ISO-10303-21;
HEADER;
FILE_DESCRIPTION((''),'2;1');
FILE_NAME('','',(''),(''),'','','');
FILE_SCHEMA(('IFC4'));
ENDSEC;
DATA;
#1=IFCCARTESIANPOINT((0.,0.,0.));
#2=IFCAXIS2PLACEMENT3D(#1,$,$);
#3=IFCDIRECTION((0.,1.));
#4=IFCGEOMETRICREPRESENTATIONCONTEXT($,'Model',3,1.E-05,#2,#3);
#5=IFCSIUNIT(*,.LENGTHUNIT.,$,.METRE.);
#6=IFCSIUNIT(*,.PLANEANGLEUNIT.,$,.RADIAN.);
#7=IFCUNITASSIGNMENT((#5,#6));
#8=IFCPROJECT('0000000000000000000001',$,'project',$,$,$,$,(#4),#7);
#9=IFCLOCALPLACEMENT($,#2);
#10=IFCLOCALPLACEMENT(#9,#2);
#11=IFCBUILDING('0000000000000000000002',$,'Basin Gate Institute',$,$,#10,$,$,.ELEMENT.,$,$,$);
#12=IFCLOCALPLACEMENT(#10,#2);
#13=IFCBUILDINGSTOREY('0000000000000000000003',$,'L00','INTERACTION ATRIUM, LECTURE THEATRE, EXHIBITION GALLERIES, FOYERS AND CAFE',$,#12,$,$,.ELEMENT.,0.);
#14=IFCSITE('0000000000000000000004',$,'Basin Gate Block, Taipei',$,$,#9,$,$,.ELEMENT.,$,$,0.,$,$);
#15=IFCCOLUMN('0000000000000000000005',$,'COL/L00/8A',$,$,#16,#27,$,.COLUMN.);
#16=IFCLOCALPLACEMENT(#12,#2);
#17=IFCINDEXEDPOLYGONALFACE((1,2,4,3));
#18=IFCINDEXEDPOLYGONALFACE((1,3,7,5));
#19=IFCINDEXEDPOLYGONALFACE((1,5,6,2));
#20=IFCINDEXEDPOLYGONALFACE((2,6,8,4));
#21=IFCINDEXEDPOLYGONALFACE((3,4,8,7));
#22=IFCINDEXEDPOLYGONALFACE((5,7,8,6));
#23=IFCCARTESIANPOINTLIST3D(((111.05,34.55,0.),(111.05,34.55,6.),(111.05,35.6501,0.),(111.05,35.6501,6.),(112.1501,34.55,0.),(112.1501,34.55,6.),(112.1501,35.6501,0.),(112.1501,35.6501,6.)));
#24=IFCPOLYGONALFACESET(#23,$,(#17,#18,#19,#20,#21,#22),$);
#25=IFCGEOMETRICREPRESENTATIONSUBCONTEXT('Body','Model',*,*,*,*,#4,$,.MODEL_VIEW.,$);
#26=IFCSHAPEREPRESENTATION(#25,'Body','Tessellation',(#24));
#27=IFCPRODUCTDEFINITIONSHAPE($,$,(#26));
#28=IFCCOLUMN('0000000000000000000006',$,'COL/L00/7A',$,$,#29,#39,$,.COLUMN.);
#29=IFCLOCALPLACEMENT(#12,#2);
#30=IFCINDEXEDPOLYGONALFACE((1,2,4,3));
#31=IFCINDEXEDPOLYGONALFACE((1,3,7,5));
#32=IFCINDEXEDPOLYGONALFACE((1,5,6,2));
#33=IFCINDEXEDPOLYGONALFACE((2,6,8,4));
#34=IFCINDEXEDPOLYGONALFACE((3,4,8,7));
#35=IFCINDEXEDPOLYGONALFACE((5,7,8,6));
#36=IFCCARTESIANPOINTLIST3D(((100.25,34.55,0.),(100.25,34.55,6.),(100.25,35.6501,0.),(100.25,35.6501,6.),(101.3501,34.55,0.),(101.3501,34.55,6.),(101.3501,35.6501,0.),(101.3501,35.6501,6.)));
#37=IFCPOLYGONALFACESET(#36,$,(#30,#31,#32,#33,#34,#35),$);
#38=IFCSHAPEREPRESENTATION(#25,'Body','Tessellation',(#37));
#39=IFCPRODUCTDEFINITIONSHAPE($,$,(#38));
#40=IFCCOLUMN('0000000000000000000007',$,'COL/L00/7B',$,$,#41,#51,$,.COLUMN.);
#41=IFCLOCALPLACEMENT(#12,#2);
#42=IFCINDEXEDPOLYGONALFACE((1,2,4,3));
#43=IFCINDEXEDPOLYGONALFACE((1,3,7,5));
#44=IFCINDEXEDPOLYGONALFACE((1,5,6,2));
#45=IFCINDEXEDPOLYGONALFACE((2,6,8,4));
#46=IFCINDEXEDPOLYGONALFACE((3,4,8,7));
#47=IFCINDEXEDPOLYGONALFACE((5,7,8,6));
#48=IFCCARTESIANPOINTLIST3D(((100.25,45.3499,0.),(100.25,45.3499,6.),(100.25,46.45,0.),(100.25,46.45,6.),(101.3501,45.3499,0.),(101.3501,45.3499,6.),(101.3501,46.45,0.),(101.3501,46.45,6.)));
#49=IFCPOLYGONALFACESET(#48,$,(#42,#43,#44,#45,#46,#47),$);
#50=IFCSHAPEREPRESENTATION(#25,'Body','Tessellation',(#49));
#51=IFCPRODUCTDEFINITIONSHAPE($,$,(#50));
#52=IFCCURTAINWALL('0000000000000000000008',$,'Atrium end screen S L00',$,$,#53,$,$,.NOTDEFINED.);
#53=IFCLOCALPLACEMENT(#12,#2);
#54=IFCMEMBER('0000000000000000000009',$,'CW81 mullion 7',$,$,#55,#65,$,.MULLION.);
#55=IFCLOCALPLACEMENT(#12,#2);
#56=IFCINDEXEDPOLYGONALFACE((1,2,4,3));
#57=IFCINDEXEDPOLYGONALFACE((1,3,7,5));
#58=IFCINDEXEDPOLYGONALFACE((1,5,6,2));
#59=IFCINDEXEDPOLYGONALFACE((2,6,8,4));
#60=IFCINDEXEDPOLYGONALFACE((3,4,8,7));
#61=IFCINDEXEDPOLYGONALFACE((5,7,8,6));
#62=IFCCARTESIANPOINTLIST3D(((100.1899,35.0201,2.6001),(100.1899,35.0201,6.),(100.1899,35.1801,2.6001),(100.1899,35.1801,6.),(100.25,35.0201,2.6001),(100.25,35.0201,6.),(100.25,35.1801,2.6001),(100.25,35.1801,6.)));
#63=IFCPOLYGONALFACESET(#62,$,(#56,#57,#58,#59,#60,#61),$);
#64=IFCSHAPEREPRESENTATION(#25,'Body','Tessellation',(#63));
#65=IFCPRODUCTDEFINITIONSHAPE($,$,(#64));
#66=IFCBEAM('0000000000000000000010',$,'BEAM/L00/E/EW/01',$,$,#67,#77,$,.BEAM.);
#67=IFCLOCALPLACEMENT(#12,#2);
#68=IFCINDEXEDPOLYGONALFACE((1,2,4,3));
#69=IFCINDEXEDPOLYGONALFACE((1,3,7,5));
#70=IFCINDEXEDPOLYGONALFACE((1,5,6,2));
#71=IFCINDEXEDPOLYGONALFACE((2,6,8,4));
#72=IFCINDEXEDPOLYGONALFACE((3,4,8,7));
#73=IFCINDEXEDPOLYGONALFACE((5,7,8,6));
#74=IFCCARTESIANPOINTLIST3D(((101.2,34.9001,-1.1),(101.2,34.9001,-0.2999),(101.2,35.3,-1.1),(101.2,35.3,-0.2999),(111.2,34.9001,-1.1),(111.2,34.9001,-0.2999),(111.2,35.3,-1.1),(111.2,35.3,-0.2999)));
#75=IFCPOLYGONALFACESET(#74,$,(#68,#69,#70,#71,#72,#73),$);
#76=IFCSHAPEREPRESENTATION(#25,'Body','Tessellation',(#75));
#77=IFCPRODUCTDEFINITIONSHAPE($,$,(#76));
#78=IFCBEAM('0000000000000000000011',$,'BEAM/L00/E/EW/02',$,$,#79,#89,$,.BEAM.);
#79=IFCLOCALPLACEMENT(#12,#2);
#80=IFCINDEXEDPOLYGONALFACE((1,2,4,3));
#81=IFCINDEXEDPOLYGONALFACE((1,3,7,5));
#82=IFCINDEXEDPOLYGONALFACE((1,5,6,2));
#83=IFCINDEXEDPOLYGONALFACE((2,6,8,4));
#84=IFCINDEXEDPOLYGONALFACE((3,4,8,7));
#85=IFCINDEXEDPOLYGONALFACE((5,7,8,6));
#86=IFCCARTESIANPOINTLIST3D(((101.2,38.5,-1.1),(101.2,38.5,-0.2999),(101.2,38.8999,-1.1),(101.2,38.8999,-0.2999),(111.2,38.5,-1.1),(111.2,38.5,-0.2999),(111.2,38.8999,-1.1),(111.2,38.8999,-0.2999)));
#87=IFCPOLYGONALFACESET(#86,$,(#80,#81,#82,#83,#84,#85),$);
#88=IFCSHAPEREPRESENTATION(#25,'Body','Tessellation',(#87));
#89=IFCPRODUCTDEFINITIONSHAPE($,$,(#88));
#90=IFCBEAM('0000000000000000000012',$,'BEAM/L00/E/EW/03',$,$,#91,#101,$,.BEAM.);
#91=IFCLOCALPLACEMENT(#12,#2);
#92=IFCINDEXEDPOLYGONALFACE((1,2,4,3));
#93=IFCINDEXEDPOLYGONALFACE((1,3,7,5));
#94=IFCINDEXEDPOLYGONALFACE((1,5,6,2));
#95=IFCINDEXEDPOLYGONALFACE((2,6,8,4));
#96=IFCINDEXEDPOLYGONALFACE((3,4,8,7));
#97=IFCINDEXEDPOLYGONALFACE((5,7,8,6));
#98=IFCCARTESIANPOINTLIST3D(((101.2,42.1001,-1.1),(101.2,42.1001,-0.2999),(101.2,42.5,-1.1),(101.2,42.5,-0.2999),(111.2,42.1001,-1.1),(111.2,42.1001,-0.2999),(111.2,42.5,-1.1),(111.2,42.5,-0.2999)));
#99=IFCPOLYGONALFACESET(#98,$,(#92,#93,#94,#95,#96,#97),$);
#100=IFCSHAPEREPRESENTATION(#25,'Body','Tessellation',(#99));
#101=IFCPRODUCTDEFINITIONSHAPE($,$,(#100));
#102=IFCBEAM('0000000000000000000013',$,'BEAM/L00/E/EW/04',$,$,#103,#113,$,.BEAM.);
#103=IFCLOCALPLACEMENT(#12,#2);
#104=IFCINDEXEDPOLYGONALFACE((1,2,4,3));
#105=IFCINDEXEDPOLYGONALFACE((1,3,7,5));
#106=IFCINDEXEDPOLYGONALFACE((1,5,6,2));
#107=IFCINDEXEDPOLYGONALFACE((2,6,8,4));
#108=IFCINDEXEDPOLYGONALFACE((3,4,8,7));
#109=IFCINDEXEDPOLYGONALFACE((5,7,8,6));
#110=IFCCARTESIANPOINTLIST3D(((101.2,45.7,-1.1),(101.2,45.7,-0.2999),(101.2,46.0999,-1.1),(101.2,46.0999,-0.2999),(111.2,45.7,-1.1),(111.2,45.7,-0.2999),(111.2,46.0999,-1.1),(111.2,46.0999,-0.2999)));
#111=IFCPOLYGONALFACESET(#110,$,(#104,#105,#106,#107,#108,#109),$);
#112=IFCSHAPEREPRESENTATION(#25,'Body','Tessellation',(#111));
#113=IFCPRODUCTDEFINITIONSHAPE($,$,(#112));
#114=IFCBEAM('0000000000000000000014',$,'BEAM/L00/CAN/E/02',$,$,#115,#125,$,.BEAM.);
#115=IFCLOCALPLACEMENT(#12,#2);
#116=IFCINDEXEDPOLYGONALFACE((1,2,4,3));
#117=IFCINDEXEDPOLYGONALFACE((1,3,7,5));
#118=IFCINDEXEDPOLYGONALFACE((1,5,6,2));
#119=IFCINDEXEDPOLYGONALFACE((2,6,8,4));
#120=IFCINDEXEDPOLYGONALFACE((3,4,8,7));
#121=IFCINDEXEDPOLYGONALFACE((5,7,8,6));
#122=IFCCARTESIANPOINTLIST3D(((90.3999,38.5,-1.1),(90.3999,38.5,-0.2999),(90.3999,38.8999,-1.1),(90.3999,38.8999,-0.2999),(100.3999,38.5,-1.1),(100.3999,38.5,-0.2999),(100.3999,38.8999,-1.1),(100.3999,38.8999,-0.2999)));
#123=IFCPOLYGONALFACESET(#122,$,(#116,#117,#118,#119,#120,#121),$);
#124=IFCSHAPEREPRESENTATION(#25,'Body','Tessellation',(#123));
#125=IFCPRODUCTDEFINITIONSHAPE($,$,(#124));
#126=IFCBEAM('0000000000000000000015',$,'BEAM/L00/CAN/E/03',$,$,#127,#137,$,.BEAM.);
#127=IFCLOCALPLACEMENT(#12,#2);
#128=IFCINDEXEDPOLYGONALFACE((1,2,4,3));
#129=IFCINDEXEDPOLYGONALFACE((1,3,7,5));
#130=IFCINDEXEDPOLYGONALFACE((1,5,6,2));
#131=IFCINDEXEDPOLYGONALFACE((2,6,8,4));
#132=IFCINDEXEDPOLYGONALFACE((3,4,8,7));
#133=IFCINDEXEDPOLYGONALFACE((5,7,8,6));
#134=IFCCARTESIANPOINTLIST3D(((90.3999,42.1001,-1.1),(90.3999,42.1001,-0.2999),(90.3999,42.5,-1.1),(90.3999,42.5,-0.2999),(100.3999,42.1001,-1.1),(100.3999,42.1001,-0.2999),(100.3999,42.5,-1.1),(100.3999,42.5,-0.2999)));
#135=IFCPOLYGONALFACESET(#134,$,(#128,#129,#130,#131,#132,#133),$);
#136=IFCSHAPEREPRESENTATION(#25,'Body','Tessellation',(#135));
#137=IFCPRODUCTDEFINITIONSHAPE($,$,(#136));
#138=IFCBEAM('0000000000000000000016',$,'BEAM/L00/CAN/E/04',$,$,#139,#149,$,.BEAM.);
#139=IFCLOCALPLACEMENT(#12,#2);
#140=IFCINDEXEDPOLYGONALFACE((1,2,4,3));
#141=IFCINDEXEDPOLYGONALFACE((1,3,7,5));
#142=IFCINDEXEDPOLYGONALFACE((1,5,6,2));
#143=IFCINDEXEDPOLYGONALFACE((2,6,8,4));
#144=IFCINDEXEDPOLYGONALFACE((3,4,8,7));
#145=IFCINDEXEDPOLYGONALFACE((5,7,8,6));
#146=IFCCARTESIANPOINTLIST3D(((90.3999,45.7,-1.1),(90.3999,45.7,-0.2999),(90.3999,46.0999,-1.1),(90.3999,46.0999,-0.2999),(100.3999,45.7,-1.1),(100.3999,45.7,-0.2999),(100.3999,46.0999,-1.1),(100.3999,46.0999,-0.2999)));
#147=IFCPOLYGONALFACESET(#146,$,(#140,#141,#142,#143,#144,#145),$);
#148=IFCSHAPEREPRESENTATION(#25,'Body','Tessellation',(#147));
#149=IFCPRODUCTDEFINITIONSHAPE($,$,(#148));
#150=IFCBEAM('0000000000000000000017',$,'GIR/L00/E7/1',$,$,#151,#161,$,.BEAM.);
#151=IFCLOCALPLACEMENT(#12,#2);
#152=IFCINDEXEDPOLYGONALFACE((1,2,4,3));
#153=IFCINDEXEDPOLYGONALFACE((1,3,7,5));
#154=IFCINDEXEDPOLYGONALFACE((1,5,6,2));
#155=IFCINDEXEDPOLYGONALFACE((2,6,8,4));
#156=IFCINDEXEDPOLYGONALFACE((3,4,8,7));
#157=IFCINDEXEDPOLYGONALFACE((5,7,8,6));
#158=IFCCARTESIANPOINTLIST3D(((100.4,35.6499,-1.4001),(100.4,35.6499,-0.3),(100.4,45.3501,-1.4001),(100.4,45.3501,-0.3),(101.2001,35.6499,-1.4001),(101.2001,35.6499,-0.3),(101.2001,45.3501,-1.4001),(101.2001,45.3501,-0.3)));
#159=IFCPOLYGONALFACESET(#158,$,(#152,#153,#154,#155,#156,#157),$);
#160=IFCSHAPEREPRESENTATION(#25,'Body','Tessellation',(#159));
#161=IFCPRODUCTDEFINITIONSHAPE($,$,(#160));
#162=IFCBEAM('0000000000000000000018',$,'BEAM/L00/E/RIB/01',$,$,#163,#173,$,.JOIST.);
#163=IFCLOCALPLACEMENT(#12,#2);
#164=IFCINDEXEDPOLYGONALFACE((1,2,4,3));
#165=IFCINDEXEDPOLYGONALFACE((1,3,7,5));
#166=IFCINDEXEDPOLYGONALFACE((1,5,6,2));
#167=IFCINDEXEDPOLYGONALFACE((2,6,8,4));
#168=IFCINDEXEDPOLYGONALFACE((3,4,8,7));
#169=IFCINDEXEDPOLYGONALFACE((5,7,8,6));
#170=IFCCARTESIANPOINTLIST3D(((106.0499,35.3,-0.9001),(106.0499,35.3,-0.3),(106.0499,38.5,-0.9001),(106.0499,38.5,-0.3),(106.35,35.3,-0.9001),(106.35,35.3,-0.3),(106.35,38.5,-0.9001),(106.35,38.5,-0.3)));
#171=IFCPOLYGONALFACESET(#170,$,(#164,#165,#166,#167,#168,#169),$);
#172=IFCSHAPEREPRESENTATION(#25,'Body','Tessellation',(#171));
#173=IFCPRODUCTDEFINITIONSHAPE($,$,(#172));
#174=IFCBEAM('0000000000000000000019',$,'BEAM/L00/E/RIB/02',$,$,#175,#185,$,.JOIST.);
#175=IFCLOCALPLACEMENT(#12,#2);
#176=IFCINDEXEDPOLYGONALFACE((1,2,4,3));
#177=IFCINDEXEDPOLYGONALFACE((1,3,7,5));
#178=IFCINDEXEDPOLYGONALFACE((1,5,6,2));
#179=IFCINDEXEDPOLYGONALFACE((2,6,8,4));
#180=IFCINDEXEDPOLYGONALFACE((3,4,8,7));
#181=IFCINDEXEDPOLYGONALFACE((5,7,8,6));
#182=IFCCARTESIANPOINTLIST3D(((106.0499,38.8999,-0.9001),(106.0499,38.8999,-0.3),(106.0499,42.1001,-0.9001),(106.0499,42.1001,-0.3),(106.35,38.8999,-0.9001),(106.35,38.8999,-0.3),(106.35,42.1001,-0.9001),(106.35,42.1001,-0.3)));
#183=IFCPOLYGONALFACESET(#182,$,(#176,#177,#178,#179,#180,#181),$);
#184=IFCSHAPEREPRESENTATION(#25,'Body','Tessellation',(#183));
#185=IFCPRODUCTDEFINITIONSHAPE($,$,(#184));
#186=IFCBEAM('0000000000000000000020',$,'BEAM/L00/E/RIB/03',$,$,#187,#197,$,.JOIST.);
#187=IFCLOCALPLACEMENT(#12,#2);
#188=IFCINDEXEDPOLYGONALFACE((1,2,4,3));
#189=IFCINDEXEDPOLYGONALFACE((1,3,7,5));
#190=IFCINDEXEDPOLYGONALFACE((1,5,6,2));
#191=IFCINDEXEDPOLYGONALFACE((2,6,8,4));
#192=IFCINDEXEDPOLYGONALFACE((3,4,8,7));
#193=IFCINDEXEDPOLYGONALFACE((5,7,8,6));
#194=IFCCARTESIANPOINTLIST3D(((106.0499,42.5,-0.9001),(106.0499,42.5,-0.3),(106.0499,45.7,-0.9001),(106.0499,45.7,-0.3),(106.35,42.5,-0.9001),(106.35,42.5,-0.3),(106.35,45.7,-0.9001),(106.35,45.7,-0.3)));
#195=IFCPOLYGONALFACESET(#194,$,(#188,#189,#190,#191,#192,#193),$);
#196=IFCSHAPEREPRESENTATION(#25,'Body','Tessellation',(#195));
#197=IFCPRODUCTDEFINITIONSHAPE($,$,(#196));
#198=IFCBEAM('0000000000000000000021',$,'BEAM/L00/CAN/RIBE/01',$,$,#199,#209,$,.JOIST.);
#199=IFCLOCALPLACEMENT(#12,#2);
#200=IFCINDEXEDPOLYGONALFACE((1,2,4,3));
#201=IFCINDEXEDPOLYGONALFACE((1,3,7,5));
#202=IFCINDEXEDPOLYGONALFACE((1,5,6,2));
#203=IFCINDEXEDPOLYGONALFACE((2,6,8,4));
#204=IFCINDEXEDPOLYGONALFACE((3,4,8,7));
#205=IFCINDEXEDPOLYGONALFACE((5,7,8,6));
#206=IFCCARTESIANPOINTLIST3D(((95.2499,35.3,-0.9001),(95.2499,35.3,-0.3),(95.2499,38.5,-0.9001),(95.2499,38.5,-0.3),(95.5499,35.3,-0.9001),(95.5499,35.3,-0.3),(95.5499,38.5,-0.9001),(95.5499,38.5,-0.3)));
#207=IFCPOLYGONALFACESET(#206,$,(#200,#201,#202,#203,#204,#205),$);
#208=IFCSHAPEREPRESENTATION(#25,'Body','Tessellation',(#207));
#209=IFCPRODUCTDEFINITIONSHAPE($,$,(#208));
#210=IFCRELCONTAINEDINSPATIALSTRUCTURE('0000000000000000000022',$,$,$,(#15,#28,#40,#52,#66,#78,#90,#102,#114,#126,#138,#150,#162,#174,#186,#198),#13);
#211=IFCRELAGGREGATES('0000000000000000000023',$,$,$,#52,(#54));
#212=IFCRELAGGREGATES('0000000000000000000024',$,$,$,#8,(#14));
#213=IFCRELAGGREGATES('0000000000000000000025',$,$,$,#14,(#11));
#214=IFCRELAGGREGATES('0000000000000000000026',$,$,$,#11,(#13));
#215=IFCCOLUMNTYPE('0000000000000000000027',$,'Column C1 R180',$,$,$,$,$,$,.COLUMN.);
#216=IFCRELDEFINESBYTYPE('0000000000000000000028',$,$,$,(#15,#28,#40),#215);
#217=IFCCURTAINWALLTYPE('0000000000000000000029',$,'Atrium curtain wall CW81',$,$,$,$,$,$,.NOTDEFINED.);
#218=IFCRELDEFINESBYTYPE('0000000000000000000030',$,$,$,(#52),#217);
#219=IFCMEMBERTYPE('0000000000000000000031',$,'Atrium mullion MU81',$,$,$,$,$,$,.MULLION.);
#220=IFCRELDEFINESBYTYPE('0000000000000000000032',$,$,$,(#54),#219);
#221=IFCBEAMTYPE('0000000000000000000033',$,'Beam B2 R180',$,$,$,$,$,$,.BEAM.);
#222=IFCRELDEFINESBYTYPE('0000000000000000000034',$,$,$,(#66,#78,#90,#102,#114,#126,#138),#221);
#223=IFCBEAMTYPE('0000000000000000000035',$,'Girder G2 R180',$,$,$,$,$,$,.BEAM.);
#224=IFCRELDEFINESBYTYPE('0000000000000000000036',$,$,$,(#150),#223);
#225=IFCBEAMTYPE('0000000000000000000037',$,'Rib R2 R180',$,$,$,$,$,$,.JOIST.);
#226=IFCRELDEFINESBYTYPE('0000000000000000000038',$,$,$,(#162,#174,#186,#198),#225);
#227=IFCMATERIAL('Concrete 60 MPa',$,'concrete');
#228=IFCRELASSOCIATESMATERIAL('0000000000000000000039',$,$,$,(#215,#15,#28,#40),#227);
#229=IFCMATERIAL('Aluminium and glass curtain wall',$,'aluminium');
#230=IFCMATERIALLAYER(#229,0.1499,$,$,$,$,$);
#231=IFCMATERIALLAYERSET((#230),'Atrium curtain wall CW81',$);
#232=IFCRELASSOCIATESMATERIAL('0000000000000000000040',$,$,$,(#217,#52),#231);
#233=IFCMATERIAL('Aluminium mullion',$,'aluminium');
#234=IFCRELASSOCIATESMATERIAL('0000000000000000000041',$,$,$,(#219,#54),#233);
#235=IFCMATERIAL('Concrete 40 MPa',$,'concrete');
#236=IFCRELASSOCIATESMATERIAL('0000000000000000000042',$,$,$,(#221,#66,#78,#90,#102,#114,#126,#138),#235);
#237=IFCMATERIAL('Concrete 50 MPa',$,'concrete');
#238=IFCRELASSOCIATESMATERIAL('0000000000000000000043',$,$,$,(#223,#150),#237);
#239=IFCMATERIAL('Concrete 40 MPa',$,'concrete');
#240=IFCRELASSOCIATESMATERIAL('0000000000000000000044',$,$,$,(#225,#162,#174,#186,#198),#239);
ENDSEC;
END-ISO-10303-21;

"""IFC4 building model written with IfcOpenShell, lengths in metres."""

from ifc_helpers import new_model, si_unit, direction, frame, origin, origin_2d, place, context, subcontext, project, spatial, rectangle, extrude, material, layer, layer_set, material_profile, profile_set, type_object, element, aggregate, save


model = new_model("IFC4")

# Units and contexts
model_context = context("Model", 3, precision=1e-05, world=origin(), true_north=direction((0.0, 1.0)))
body_context = subcontext(model_context, "Body", "Model", "MODEL_VIEW")
ifc_project = project(units=[si_unit("LENGTHUNIT", "METRE"), si_unit("PLANEANGLEUNIT", "RADIAN")], contexts=[model_context])

# Site, building, storey
site_placement = place(None, origin())
site = spatial("IfcSite", under=ifc_project, at=site_placement, Name="Basin Gate Block, Taipei", CompositionType="ELEMENT", RefElevation=0.0)
building_placement = place(site_placement, origin())
building = spatial("IfcBuilding", under=site, at=building_placement, Name="Basin Gate Institute", CompositionType="ELEMENT")
storey_placement = place(building_placement, origin())
storey = spatial("IfcBuildingStorey", under=building, at=storey_placement, Name="L00", Description="INTERACTION ATRIUM, LECTURE THEATRE, EXHIBITION GALLERIES, FOYERS AND CAFE", CompositionType="ELEMENT", Elevation=0.0)

# Columns
ifc_material_1 = material(Name="Concrete 60 MPa", Category="concrete")
ifc_material_profile_1 = material_profile(ifc_material_1, rectangle(XDim=1.1001, YDim=1.1001, at=origin_2d()), Name="Column C1 1100 x 1100")
ifc_profile_set_1 = profile_set([ifc_material_profile_1], Name="Concrete 60 MPa")
column_type = type_object("IfcColumnType", Name="Column C1 R180", PredefinedType="COLUMN", material=ifc_profile_set_1)
for number, where, z_axis, x_axis, name in (
    (1, (111.6001, 35.1001, 0.0), (0.0, 0.0, 1.0), (1.0, 0.0, 0.0), "COL/L00/8A"),
    (2, (100.8, 35.1001, 0.0), (0.0, 0.0, 1.0), (1.0, 0.0, 0.0), "COL/L00/7A"),
    (3, (100.8, 45.8999, 0.0), (0.0, 0.0, 1.0), (1.0, 0.0, 0.0), "COL/L00/7B"),
):
    element("IfcColumn", number, at=place(storey_placement, frame(where, z_axis=z_axis, x_axis=x_axis)), inside=storey, type_object=column_type, material=ifc_profile_set_1, Name=name, PredefinedType="COLUMN", context=body_context, shape_type="SweptSolid", body=[
        extrude(rectangle(XDim=1.1001, YDim=1.1001, at=origin_2d()), origin(), (0.0, 0.0, 1.0), 6.0),
    ])

# Curtain wall, member
ifc_material_2 = material(Name="Aluminium and glass curtain wall", Category="aluminium")
ifc_layer_1 = layer(ifc_material_2, 0.1499)
ifc_layer_set_1 = layer_set([ifc_layer_1], Name="Atrium curtain wall CW81")
curtain_wall_type = type_object("IfcCurtainWallType", Name="Atrium curtain wall CW81", PredefinedType="NOTDEFINED", material=ifc_layer_set_1)
curtain_wall_placement = place(storey_placement, origin())
curtain_wall = element("IfcCurtainWall", 4, at=curtain_wall_placement, inside=storey, type_object=curtain_wall_type, material=ifc_layer_set_1, Name="Atrium end screen S L00", PredefinedType="NOTDEFINED")
ifc_material_3 = material(Name="Aluminium mullion", Category="aluminium")
ifc_material_profile_2 = material_profile(ifc_material_3, rectangle(XDim=0.1599, YDim=0.0601, at=origin_2d()), Name="Atrium mullion MU81 160 x 60")
ifc_profile_set_2 = profile_set([ifc_material_profile_2], Name="Aluminium mullion")
member_type = type_object("IfcMemberType", Name="Atrium mullion MU81", PredefinedType="MULLION", material=ifc_profile_set_2)
member_placement = place(storey_placement, frame((100.22, 35.1001, 2.6001), z_axis=(0.0, 0.0, 1.0), x_axis=(0.0, 1.0, 0.0)))
member = element("IfcMember", 5, at=member_placement, type_object=member_type, material=ifc_profile_set_2, Name="CW81 mullion 7", PredefinedType="MULLION", context=body_context, shape_type="SweptSolid", body=[
    extrude(rectangle(XDim=0.1599, YDim=0.0601, at=origin_2d()), origin(), (0.0, 0.0, 1.0), 3.3999),
])

# Beams
ifc_material_4 = material(Name="Concrete 40 MPa", Category="concrete")
ifc_material_profile_3 = material_profile(ifc_material_4, rectangle(XDim=0.3999, YDim=0.8, at=origin_2d()), Name="Beam B2 400 x 800")
ifc_profile_set_3 = profile_set([ifc_material_profile_3], Name="Concrete 40 MPa")
beam_type_1 = type_object("IfcBeamType", Name="Beam B2 R180", PredefinedType="BEAM", material=ifc_profile_set_3)
for number, where, z_axis, x_axis, name in (
    (6, (111.2, 35.1001, -0.7), (-1.0, 0.0, 0.0), (0.0, -1.0, 0.0), "BEAM/L00/E/EW/01"),
    (7, (111.2, 38.7, -0.7), (-1.0, 0.0, 0.0), (0.0, -1.0, 0.0), "BEAM/L00/E/EW/02"),
    (8, (111.2, 42.3, -0.7), (-1.0, 0.0, 0.0), (0.0, -1.0, 0.0), "BEAM/L00/E/EW/03"),
    (9, (111.2, 45.8999, -0.7), (-1.0, 0.0, 0.0), (0.0, -1.0, 0.0), "BEAM/L00/E/EW/04"),
    (10, (90.3999, 38.7, -0.7), (1.0, 0.0, 0.0), (0.0, 1.0, 0.0), "BEAM/L00/CAN/E/02"),
    (11, (90.3999, 42.3, -0.7), (1.0, 0.0, 0.0), (0.0, 1.0, 0.0), "BEAM/L00/CAN/E/03"),
    (12, (90.3999, 45.8999, -0.7), (1.0, 0.0, 0.0), (0.0, 1.0, 0.0), "BEAM/L00/CAN/E/04"),
):
    element("IfcBeam", number, at=place(storey_placement, frame(where, z_axis=z_axis, x_axis=x_axis)), inside=storey, type_object=beam_type_1, material=ifc_profile_set_3, Name=name, PredefinedType="BEAM", context=body_context, shape_type="SweptSolid", body=[
        extrude(rectangle(XDim=0.3999, YDim=0.8, at=origin_2d()), origin(), (0.0, 0.0, 1.0), 10.0),
    ])
ifc_material_5 = material(Name="Concrete 50 MPa", Category="concrete")
ifc_material_profile_4 = material_profile(ifc_material_5, rectangle(XDim=0.8, YDim=1.1001, at=origin_2d()), Name="Girder G2 800 x 1100")
ifc_profile_set_4 = profile_set([ifc_material_profile_4], Name="Concrete 50 MPa")
beam_type_2 = type_object("IfcBeamType", Name="Girder G2 R180", PredefinedType="BEAM", material=ifc_profile_set_4)
beam_1_placement = place(storey_placement, frame((100.8, 35.6499, -0.8501), z_axis=(0.0, 1.0, 0.0), x_axis=(-1.0, 0.0, 0.0)))
element("IfcBeam", 13, at=beam_1_placement, inside=storey, type_object=beam_type_2, material=ifc_profile_set_4, Name="GIR/L00/E7/1", PredefinedType="BEAM", context=body_context, shape_type="SweptSolid", body=[
    extrude(rectangle(XDim=0.8, YDim=1.1001, at=origin_2d()), origin(), (0.0, 0.0, 1.0), 9.7002),
])
ifc_material_6 = material(Name="Concrete 40 MPa", Category="concrete")
ifc_material_profile_5 = material_profile(ifc_material_6, rectangle(XDim=0.3, YDim=0.6001, at=origin_2d()), Name="Rib R2 300 x 600")
ifc_profile_set_5 = profile_set([ifc_material_profile_5], Name="Concrete 40 MPa")
beam_type_3 = type_object("IfcBeamType", Name="Rib R2 R180", PredefinedType="JOIST", material=ifc_profile_set_5)
beam_2_placement = place(storey_placement, frame((106.2, 35.3, -0.6001), z_axis=(0.0, 1.0, 0.0), x_axis=(-1.0, 0.0, 0.0)))
element("IfcBeam", 14, at=beam_2_placement, inside=storey, type_object=beam_type_3, material=ifc_profile_set_5, Name="BEAM/L00/E/RIB/01", PredefinedType="JOIST", context=body_context, shape_type="SweptSolid", body=[
    extrude(rectangle(XDim=0.3, YDim=0.6001, at=origin_2d()), origin(), (0.0, 0.0, 1.0), 3.2),
])
beam_3_placement = place(storey_placement, frame((106.2, 38.8999, -0.6001), z_axis=(0.0, 1.0, 0.0), x_axis=(-1.0, 0.0, 0.0)))
element("IfcBeam", 15, at=beam_3_placement, inside=storey, type_object=beam_type_3, material=ifc_profile_set_5, Name="BEAM/L00/E/RIB/02", PredefinedType="JOIST", context=body_context, shape_type="SweptSolid", body=[
    extrude(rectangle(XDim=0.3, YDim=0.6001, at=origin_2d()), origin(), (0.0, 0.0, 1.0), 3.2002),
])
for number, where, z_axis, x_axis, name in (
    (16, (106.2, 42.5, -0.6001), (0.0, 1.0, 0.0), (-1.0, 0.0, 0.0), "BEAM/L00/E/RIB/03"),
    (17, (95.3999, 35.3, -0.6001), (0.0, 1.0, 0.0), (-1.0, 0.0, 0.0), "BEAM/L00/CAN/RIBE/01"),
):
    element("IfcBeam", number, at=place(storey_placement, frame(where, z_axis=z_axis, x_axis=x_axis)), inside=storey, type_object=beam_type_3, material=ifc_profile_set_5, Name=name, PredefinedType="JOIST", context=body_context, shape_type="SweptSolid", body=[
        extrude(rectangle(XDim=0.3, YDim=0.6001, at=origin_2d()), origin(), (0.0, 0.0, 1.0), 3.2),
    ])

aggregate(curtain_wall, [member])

save(model, "model.ifc")
